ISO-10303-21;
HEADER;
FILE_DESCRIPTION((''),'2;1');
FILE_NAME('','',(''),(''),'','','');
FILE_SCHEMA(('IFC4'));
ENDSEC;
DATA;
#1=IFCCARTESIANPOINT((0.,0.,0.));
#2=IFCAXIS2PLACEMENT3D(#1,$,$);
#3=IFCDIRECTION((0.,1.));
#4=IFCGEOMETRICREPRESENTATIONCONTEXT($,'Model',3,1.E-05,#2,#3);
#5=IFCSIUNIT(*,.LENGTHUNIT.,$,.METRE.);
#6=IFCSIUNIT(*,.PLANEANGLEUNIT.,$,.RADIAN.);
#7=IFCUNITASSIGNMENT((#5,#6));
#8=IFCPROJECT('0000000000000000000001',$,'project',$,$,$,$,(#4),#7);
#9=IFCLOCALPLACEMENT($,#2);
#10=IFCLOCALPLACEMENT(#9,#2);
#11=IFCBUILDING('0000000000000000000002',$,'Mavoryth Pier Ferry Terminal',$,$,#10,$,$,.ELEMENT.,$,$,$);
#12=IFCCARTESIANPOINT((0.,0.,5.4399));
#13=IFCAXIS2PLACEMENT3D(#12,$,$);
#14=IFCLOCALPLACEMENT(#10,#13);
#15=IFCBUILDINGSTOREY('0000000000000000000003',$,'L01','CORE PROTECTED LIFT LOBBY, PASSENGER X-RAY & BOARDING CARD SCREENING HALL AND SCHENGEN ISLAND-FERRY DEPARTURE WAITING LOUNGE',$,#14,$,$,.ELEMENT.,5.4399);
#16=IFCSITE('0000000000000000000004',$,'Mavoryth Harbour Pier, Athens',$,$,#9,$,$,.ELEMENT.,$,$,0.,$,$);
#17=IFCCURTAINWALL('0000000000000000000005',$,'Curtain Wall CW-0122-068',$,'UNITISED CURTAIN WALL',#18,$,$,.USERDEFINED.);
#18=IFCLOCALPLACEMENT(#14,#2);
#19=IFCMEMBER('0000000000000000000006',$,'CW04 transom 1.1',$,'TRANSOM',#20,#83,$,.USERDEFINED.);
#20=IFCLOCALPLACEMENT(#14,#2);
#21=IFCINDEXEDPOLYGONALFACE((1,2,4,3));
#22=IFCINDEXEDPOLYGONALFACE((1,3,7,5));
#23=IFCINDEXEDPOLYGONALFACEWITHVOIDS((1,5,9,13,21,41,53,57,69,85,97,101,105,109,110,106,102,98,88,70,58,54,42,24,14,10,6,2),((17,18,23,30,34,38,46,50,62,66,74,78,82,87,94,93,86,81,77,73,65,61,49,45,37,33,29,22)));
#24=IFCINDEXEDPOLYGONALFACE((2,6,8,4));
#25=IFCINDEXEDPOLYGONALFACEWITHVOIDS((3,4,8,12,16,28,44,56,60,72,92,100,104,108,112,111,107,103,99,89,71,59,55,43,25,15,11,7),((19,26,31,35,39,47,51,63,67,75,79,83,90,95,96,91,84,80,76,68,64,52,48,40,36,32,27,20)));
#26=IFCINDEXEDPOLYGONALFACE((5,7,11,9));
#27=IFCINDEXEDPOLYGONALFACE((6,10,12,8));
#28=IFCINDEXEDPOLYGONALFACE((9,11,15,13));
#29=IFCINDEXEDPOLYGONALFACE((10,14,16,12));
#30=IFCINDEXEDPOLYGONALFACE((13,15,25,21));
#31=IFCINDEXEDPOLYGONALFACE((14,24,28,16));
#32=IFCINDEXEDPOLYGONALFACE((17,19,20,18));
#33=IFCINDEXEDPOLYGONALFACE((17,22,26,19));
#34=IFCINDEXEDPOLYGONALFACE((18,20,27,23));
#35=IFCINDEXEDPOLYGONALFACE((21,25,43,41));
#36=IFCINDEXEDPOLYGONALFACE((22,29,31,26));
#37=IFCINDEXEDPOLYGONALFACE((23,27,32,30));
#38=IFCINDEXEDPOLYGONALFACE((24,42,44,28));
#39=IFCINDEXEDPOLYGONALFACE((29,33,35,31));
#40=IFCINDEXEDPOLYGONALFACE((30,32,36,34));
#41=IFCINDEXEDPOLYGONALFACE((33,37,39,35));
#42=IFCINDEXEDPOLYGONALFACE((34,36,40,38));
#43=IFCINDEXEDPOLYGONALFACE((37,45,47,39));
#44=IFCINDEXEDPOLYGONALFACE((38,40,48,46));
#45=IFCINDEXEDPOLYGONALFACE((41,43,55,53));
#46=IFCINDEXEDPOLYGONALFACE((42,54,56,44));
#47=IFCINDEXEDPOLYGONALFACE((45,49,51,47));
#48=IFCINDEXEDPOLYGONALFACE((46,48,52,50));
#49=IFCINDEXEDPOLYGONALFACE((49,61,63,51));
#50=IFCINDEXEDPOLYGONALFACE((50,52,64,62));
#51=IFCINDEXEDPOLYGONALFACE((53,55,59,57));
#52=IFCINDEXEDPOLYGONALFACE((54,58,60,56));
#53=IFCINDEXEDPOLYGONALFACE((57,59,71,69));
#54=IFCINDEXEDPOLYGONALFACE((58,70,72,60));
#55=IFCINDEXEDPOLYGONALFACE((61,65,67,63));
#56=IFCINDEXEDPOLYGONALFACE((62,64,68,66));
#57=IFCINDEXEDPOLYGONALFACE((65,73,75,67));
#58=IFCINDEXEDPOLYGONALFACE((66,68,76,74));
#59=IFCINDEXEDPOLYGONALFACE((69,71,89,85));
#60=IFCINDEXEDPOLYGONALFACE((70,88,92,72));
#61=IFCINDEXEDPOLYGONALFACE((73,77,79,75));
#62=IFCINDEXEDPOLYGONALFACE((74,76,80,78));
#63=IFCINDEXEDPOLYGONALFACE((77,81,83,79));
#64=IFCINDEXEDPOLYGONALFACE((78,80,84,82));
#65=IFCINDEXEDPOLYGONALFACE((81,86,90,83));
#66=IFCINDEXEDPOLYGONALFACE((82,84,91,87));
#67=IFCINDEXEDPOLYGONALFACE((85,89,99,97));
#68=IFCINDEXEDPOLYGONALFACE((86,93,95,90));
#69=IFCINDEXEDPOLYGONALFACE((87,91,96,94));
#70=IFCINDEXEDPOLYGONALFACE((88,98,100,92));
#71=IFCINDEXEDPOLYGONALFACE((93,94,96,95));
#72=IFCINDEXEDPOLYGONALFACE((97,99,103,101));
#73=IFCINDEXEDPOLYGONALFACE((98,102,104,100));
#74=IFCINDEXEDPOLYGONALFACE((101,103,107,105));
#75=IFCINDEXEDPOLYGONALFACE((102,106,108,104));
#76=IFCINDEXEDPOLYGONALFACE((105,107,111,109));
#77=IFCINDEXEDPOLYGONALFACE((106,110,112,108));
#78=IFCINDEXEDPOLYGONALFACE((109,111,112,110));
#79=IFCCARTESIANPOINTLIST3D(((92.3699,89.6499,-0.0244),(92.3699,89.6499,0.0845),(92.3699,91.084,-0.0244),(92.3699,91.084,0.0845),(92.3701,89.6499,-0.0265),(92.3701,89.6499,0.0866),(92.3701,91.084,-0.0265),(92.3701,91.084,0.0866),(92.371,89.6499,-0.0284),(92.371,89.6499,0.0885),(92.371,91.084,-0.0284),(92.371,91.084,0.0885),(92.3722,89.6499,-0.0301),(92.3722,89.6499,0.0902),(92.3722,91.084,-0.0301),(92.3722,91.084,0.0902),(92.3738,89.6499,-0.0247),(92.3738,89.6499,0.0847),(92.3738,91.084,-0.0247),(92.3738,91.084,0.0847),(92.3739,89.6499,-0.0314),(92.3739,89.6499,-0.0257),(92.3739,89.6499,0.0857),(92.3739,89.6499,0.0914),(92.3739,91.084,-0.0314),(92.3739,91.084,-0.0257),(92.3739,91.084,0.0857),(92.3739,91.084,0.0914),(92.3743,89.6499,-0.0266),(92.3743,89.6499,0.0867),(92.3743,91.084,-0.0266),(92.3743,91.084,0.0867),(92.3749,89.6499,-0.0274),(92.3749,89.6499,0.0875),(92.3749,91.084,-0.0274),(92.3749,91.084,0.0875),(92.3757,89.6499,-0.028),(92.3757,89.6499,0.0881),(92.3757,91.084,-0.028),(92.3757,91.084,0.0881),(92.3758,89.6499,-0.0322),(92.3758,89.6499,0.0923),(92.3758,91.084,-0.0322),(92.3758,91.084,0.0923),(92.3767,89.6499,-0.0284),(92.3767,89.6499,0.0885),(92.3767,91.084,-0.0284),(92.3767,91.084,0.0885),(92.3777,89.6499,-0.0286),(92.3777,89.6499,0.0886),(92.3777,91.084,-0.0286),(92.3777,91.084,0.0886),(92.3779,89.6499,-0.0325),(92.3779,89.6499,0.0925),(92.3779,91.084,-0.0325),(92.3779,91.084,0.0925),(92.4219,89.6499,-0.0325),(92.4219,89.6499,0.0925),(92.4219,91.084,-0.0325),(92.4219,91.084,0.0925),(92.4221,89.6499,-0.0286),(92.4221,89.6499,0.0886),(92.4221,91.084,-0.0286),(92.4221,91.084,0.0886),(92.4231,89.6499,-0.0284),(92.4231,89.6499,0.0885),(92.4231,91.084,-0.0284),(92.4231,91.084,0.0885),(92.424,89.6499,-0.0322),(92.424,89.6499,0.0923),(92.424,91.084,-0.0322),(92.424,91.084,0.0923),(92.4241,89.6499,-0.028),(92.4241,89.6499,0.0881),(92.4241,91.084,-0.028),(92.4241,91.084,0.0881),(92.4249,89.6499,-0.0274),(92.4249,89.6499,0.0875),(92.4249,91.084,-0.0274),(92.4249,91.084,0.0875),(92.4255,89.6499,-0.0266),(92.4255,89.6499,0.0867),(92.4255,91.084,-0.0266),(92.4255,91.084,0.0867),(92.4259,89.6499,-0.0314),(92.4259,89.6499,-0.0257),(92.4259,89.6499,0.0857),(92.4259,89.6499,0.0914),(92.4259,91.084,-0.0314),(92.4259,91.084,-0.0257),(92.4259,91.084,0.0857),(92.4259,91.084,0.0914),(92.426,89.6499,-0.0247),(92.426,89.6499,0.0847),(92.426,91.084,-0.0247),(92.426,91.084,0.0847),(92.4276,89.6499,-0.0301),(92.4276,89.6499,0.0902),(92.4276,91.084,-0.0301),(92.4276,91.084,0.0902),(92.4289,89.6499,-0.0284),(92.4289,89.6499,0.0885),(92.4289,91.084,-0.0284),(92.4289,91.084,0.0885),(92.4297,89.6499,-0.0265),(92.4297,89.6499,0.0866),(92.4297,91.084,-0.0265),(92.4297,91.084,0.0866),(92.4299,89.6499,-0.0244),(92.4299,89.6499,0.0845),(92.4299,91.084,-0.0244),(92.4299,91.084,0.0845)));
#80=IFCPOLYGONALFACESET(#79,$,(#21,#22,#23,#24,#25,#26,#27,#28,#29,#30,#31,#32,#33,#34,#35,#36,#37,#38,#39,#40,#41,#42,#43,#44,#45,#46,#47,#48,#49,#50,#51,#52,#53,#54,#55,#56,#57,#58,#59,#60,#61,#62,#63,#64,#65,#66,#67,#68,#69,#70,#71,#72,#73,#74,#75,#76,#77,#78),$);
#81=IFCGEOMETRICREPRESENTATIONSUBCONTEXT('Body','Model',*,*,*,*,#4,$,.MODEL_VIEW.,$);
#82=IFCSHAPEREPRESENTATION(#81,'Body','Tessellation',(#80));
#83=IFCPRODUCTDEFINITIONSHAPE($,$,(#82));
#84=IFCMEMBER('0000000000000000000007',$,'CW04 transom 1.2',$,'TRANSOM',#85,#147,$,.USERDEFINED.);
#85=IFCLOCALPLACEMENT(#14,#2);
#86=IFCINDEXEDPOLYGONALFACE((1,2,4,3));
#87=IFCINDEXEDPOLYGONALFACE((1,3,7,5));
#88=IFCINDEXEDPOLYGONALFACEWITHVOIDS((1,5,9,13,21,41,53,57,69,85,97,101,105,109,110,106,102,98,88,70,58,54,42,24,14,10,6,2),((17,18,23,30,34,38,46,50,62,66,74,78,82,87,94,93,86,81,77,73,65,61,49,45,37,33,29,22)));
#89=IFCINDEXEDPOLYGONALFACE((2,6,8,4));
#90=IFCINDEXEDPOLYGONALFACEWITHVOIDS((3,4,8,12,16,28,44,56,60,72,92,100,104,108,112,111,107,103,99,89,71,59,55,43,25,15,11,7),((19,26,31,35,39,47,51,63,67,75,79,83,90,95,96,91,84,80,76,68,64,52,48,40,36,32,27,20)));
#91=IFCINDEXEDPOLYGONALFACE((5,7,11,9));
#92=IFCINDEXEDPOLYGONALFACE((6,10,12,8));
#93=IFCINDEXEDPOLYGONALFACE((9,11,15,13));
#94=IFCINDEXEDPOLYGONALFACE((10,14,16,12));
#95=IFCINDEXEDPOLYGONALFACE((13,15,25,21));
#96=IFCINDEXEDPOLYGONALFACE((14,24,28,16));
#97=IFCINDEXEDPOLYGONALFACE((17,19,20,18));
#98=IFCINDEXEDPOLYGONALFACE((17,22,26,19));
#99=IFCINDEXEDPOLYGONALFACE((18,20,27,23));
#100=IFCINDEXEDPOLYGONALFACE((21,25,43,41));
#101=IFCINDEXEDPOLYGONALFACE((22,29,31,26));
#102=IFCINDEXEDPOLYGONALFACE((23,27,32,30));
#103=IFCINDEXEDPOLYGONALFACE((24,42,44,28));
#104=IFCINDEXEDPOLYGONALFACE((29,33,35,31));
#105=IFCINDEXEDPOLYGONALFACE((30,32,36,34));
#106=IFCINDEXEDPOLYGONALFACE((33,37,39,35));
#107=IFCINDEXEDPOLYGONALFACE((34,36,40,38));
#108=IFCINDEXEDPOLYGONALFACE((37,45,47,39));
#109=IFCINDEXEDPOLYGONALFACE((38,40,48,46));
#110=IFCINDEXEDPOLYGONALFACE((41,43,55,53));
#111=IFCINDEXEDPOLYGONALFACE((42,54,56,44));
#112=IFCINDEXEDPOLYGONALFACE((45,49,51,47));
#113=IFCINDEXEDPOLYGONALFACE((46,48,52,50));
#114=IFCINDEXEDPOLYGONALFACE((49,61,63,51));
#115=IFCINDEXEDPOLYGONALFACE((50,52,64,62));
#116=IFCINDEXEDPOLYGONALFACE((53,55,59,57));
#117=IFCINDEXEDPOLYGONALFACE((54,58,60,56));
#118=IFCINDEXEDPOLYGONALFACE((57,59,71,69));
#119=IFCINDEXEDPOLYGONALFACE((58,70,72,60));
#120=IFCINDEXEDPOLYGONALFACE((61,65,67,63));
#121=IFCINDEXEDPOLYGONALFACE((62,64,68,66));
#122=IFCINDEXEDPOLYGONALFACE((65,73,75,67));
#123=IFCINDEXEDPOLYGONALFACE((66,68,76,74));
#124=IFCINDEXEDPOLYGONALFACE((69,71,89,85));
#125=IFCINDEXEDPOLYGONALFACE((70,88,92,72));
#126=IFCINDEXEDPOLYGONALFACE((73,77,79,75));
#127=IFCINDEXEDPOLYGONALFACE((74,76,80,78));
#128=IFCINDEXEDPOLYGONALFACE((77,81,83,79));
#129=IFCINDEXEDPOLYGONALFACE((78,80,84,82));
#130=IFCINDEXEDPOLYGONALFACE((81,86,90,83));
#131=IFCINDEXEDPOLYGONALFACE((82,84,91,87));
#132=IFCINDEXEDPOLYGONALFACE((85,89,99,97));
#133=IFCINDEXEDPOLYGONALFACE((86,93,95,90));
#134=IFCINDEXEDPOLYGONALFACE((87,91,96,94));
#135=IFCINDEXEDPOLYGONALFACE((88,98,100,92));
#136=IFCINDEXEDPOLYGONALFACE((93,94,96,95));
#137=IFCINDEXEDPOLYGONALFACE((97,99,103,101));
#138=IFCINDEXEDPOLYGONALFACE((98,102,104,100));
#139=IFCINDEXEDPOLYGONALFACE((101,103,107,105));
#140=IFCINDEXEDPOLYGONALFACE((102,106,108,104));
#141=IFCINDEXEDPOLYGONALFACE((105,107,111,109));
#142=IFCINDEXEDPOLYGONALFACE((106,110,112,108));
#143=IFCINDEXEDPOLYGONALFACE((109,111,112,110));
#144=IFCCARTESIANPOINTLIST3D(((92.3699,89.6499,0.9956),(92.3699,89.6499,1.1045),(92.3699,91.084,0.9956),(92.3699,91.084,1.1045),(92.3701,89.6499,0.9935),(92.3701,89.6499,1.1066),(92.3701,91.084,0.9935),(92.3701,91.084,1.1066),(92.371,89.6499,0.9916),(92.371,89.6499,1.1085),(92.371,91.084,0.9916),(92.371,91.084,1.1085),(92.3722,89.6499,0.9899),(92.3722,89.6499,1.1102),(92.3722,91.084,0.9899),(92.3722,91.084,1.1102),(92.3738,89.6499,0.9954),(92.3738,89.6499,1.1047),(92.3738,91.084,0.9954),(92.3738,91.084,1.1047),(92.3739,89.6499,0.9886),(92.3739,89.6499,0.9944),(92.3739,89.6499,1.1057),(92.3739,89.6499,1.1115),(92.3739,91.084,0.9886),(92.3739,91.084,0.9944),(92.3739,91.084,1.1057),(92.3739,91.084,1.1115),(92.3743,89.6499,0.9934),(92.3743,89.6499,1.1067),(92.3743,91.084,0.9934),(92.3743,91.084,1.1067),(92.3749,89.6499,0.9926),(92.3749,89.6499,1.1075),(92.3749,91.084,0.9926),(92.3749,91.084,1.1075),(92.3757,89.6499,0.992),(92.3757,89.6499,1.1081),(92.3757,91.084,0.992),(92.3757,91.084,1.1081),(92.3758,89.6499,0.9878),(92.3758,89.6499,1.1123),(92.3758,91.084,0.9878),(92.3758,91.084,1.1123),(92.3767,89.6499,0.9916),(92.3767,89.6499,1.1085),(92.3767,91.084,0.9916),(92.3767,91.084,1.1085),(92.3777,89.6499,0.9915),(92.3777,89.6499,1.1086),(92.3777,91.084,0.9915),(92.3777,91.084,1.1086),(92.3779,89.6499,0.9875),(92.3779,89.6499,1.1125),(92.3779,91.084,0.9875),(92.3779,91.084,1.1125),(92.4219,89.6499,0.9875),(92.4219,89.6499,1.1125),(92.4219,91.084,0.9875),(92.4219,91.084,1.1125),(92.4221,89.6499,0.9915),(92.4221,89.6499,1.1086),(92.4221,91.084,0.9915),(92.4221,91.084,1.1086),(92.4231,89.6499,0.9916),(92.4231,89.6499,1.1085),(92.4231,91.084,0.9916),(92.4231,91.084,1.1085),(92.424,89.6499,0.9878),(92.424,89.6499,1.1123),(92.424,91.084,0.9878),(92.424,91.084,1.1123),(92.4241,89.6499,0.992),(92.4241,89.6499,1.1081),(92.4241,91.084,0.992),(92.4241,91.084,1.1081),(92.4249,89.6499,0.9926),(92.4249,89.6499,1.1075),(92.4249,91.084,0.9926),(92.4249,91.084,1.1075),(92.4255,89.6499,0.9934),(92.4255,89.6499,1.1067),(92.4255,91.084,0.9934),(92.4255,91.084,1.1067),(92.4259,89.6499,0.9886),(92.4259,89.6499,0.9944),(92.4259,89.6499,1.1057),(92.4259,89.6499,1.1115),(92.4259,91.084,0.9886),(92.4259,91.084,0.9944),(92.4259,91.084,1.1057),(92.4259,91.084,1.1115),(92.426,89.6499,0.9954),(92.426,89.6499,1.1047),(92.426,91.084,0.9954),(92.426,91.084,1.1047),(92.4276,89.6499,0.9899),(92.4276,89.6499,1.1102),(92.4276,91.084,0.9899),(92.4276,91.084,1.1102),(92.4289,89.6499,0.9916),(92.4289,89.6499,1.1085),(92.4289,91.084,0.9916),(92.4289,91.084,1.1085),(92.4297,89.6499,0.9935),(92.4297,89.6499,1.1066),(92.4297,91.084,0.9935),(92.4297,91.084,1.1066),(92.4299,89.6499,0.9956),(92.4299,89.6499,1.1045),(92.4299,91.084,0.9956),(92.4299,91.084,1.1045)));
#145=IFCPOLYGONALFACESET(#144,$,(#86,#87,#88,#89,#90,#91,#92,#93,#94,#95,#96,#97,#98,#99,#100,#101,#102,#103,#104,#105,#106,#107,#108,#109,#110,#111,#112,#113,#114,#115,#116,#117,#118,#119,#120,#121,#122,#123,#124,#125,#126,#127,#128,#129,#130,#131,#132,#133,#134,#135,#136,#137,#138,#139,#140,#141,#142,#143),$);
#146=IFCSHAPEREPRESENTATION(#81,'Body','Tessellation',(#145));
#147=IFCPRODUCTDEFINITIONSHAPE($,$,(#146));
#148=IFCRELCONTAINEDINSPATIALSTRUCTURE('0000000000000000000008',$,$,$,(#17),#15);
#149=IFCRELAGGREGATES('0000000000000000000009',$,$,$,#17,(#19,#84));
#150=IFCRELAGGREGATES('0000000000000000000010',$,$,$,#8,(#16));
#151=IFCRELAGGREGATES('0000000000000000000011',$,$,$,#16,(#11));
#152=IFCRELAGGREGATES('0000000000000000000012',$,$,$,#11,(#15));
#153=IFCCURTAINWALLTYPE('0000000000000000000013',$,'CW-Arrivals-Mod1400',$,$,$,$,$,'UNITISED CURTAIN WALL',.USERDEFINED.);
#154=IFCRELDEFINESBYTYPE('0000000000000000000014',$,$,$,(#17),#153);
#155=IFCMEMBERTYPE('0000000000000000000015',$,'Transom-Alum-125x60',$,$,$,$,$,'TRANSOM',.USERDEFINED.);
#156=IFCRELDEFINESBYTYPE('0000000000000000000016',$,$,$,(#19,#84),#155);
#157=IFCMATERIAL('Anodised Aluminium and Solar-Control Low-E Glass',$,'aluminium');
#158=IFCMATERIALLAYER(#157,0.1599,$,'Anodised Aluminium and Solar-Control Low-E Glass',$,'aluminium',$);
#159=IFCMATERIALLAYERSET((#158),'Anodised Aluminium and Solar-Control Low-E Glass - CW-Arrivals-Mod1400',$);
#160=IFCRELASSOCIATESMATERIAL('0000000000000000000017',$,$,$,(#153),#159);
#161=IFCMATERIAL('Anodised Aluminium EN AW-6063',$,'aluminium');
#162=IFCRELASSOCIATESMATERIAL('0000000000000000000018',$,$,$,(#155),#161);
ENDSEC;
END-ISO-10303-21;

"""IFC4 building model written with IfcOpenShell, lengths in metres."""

from ifc_helpers import new_model, si_unit, direction, frame, origin, origin_2d, place, context, subcontext, project, spatial, hollow_rectangle, extrude, material, layer, layer_set, material_profile, profile_set, type_object, element, aggregate, save


model = new_model("IFC4")

# Units and contexts
model_context = context("Model", 3, precision=1e-05, world=origin(), true_north=direction((0.0, 1.0)))
body_context = subcontext(model_context, "Body", "Model", "MODEL_VIEW")
ifc_project = project(units=[si_unit("LENGTHUNIT", "METRE"), si_unit("PLANEANGLEUNIT", "RADIAN")], contexts=[model_context])

# Site, building, storey
site_placement = place(None, origin())
site = spatial("IfcSite", under=ifc_project, at=site_placement, Name="Mavoryth Harbour Pier, Athens", CompositionType="ELEMENT", RefElevation=0.0)
building_placement = place(site_placement, origin())
building = spatial("IfcBuilding", under=site, at=building_placement, Name="Mavoryth Pier Ferry Terminal", CompositionType="ELEMENT")
storey_placement = place(building_placement, frame((0.0, 0.0, 5.4399)))
storey = spatial("IfcBuildingStorey", under=building, at=storey_placement, Name="L01", Description="CORE PROTECTED LIFT LOBBY, PASSENGER X-RAY & BOARDING CARD SCREENING HALL AND SCHENGEN ISLAND-FERRY DEPARTURE WAITING LOUNGE", CompositionType="ELEMENT", Elevation=5.4399)

# Curtain wall, members
ifc_material_1 = material(Name="Anodised Aluminium and Solar-Control Low-E Glass", Category="aluminium")
ifc_layer_1 = layer(ifc_material_1, 0.1599, Name="Anodised Aluminium and Solar-Control Low-E Glass", Category="aluminium")
ifc_layer_set_1 = layer_set([ifc_layer_1], Name="Anodised Aluminium and Solar-Control Low-E Glass - CW-Arrivals-Mod1400")
curtain_wall_type = type_object("IfcCurtainWallType", Name="CW-Arrivals-Mod1400", ElementType="UNITISED CURTAIN WALL", PredefinedType="USERDEFINED", material=ifc_layer_set_1)
curtain_wall_placement = place(storey_placement, origin())
curtain_wall = element("IfcCurtainWall", 1, at=curtain_wall_placement, inside=storey, type_object=curtain_wall_type, Name="Curtain Wall CW-0122-068", ObjectType="UNITISED CURTAIN WALL", PredefinedType="USERDEFINED")
ifc_material_2 = material(Name="Anodised Aluminium EN AW-6063", Category="aluminium")
ifc_material_profile_1 = material_profile(ifc_material_2, hollow_rectangle(XDim=0.0601, YDim=0.125, WallThickness=0.0039, InnerFilletRadius=0.0039, OuterFilletRadius=0.0081, at=origin_2d()), Name="AL-TRAN 125x60x4", Category="aluminium")
ifc_profile_set_1 = profile_set([ifc_material_profile_1], Name="Anodised Aluminium EN AW-6063 - AL-TRAN 125x60x4")
member_type_1 = type_object("IfcMemberType", Name="Transom-Alum-125x60", ElementType="TRANSOM", PredefinedType="USERDEFINED", material=ifc_profile_set_1)
member_1_placement = place(storey_placement, frame((92.3999, 89.6499, 0.03), z_axis=(0.0, 1.0, 0.0), x_axis=(-1.0, 0.0, 0.0)))
member_1 = element("IfcMember", 2, at=member_1_placement, type_object=member_type_1, Name="CW04 transom 1.1", ObjectType="TRANSOM", PredefinedType="USERDEFINED", context=body_context, shape_type="SweptSolid", body=[
    extrude(hollow_rectangle(XDim=0.0601, YDim=0.125, WallThickness=0.0039, InnerFilletRadius=0.0039, OuterFilletRadius=0.0081, at=origin_2d()), origin(), (0.0, 0.0, 1.0), 1.4341),
])
member_2_placement = place(storey_placement, frame((92.3999, 89.6499, 1.05), z_axis=(0.0, 1.0, 0.0), x_axis=(-1.0, 0.0, 0.0)))
member_2 = element("IfcMember", 3, at=member_2_placement, type_object=member_type_1, Name="CW04 transom 1.2", ObjectType="TRANSOM", PredefinedType="USERDEFINED", context=body_context, shape_type="SweptSolid", body=[
    extrude(hollow_rectangle(XDim=0.0601, YDim=0.125, WallThickness=0.0039, InnerFilletRadius=0.0039, OuterFilletRadius=0.0081, at=origin_2d()), origin(), (0.0, 0.0, 1.0), 1.4341),
])
aggregate(curtain_wall, [member_1, member_2])

save(model, "model.ifc")
